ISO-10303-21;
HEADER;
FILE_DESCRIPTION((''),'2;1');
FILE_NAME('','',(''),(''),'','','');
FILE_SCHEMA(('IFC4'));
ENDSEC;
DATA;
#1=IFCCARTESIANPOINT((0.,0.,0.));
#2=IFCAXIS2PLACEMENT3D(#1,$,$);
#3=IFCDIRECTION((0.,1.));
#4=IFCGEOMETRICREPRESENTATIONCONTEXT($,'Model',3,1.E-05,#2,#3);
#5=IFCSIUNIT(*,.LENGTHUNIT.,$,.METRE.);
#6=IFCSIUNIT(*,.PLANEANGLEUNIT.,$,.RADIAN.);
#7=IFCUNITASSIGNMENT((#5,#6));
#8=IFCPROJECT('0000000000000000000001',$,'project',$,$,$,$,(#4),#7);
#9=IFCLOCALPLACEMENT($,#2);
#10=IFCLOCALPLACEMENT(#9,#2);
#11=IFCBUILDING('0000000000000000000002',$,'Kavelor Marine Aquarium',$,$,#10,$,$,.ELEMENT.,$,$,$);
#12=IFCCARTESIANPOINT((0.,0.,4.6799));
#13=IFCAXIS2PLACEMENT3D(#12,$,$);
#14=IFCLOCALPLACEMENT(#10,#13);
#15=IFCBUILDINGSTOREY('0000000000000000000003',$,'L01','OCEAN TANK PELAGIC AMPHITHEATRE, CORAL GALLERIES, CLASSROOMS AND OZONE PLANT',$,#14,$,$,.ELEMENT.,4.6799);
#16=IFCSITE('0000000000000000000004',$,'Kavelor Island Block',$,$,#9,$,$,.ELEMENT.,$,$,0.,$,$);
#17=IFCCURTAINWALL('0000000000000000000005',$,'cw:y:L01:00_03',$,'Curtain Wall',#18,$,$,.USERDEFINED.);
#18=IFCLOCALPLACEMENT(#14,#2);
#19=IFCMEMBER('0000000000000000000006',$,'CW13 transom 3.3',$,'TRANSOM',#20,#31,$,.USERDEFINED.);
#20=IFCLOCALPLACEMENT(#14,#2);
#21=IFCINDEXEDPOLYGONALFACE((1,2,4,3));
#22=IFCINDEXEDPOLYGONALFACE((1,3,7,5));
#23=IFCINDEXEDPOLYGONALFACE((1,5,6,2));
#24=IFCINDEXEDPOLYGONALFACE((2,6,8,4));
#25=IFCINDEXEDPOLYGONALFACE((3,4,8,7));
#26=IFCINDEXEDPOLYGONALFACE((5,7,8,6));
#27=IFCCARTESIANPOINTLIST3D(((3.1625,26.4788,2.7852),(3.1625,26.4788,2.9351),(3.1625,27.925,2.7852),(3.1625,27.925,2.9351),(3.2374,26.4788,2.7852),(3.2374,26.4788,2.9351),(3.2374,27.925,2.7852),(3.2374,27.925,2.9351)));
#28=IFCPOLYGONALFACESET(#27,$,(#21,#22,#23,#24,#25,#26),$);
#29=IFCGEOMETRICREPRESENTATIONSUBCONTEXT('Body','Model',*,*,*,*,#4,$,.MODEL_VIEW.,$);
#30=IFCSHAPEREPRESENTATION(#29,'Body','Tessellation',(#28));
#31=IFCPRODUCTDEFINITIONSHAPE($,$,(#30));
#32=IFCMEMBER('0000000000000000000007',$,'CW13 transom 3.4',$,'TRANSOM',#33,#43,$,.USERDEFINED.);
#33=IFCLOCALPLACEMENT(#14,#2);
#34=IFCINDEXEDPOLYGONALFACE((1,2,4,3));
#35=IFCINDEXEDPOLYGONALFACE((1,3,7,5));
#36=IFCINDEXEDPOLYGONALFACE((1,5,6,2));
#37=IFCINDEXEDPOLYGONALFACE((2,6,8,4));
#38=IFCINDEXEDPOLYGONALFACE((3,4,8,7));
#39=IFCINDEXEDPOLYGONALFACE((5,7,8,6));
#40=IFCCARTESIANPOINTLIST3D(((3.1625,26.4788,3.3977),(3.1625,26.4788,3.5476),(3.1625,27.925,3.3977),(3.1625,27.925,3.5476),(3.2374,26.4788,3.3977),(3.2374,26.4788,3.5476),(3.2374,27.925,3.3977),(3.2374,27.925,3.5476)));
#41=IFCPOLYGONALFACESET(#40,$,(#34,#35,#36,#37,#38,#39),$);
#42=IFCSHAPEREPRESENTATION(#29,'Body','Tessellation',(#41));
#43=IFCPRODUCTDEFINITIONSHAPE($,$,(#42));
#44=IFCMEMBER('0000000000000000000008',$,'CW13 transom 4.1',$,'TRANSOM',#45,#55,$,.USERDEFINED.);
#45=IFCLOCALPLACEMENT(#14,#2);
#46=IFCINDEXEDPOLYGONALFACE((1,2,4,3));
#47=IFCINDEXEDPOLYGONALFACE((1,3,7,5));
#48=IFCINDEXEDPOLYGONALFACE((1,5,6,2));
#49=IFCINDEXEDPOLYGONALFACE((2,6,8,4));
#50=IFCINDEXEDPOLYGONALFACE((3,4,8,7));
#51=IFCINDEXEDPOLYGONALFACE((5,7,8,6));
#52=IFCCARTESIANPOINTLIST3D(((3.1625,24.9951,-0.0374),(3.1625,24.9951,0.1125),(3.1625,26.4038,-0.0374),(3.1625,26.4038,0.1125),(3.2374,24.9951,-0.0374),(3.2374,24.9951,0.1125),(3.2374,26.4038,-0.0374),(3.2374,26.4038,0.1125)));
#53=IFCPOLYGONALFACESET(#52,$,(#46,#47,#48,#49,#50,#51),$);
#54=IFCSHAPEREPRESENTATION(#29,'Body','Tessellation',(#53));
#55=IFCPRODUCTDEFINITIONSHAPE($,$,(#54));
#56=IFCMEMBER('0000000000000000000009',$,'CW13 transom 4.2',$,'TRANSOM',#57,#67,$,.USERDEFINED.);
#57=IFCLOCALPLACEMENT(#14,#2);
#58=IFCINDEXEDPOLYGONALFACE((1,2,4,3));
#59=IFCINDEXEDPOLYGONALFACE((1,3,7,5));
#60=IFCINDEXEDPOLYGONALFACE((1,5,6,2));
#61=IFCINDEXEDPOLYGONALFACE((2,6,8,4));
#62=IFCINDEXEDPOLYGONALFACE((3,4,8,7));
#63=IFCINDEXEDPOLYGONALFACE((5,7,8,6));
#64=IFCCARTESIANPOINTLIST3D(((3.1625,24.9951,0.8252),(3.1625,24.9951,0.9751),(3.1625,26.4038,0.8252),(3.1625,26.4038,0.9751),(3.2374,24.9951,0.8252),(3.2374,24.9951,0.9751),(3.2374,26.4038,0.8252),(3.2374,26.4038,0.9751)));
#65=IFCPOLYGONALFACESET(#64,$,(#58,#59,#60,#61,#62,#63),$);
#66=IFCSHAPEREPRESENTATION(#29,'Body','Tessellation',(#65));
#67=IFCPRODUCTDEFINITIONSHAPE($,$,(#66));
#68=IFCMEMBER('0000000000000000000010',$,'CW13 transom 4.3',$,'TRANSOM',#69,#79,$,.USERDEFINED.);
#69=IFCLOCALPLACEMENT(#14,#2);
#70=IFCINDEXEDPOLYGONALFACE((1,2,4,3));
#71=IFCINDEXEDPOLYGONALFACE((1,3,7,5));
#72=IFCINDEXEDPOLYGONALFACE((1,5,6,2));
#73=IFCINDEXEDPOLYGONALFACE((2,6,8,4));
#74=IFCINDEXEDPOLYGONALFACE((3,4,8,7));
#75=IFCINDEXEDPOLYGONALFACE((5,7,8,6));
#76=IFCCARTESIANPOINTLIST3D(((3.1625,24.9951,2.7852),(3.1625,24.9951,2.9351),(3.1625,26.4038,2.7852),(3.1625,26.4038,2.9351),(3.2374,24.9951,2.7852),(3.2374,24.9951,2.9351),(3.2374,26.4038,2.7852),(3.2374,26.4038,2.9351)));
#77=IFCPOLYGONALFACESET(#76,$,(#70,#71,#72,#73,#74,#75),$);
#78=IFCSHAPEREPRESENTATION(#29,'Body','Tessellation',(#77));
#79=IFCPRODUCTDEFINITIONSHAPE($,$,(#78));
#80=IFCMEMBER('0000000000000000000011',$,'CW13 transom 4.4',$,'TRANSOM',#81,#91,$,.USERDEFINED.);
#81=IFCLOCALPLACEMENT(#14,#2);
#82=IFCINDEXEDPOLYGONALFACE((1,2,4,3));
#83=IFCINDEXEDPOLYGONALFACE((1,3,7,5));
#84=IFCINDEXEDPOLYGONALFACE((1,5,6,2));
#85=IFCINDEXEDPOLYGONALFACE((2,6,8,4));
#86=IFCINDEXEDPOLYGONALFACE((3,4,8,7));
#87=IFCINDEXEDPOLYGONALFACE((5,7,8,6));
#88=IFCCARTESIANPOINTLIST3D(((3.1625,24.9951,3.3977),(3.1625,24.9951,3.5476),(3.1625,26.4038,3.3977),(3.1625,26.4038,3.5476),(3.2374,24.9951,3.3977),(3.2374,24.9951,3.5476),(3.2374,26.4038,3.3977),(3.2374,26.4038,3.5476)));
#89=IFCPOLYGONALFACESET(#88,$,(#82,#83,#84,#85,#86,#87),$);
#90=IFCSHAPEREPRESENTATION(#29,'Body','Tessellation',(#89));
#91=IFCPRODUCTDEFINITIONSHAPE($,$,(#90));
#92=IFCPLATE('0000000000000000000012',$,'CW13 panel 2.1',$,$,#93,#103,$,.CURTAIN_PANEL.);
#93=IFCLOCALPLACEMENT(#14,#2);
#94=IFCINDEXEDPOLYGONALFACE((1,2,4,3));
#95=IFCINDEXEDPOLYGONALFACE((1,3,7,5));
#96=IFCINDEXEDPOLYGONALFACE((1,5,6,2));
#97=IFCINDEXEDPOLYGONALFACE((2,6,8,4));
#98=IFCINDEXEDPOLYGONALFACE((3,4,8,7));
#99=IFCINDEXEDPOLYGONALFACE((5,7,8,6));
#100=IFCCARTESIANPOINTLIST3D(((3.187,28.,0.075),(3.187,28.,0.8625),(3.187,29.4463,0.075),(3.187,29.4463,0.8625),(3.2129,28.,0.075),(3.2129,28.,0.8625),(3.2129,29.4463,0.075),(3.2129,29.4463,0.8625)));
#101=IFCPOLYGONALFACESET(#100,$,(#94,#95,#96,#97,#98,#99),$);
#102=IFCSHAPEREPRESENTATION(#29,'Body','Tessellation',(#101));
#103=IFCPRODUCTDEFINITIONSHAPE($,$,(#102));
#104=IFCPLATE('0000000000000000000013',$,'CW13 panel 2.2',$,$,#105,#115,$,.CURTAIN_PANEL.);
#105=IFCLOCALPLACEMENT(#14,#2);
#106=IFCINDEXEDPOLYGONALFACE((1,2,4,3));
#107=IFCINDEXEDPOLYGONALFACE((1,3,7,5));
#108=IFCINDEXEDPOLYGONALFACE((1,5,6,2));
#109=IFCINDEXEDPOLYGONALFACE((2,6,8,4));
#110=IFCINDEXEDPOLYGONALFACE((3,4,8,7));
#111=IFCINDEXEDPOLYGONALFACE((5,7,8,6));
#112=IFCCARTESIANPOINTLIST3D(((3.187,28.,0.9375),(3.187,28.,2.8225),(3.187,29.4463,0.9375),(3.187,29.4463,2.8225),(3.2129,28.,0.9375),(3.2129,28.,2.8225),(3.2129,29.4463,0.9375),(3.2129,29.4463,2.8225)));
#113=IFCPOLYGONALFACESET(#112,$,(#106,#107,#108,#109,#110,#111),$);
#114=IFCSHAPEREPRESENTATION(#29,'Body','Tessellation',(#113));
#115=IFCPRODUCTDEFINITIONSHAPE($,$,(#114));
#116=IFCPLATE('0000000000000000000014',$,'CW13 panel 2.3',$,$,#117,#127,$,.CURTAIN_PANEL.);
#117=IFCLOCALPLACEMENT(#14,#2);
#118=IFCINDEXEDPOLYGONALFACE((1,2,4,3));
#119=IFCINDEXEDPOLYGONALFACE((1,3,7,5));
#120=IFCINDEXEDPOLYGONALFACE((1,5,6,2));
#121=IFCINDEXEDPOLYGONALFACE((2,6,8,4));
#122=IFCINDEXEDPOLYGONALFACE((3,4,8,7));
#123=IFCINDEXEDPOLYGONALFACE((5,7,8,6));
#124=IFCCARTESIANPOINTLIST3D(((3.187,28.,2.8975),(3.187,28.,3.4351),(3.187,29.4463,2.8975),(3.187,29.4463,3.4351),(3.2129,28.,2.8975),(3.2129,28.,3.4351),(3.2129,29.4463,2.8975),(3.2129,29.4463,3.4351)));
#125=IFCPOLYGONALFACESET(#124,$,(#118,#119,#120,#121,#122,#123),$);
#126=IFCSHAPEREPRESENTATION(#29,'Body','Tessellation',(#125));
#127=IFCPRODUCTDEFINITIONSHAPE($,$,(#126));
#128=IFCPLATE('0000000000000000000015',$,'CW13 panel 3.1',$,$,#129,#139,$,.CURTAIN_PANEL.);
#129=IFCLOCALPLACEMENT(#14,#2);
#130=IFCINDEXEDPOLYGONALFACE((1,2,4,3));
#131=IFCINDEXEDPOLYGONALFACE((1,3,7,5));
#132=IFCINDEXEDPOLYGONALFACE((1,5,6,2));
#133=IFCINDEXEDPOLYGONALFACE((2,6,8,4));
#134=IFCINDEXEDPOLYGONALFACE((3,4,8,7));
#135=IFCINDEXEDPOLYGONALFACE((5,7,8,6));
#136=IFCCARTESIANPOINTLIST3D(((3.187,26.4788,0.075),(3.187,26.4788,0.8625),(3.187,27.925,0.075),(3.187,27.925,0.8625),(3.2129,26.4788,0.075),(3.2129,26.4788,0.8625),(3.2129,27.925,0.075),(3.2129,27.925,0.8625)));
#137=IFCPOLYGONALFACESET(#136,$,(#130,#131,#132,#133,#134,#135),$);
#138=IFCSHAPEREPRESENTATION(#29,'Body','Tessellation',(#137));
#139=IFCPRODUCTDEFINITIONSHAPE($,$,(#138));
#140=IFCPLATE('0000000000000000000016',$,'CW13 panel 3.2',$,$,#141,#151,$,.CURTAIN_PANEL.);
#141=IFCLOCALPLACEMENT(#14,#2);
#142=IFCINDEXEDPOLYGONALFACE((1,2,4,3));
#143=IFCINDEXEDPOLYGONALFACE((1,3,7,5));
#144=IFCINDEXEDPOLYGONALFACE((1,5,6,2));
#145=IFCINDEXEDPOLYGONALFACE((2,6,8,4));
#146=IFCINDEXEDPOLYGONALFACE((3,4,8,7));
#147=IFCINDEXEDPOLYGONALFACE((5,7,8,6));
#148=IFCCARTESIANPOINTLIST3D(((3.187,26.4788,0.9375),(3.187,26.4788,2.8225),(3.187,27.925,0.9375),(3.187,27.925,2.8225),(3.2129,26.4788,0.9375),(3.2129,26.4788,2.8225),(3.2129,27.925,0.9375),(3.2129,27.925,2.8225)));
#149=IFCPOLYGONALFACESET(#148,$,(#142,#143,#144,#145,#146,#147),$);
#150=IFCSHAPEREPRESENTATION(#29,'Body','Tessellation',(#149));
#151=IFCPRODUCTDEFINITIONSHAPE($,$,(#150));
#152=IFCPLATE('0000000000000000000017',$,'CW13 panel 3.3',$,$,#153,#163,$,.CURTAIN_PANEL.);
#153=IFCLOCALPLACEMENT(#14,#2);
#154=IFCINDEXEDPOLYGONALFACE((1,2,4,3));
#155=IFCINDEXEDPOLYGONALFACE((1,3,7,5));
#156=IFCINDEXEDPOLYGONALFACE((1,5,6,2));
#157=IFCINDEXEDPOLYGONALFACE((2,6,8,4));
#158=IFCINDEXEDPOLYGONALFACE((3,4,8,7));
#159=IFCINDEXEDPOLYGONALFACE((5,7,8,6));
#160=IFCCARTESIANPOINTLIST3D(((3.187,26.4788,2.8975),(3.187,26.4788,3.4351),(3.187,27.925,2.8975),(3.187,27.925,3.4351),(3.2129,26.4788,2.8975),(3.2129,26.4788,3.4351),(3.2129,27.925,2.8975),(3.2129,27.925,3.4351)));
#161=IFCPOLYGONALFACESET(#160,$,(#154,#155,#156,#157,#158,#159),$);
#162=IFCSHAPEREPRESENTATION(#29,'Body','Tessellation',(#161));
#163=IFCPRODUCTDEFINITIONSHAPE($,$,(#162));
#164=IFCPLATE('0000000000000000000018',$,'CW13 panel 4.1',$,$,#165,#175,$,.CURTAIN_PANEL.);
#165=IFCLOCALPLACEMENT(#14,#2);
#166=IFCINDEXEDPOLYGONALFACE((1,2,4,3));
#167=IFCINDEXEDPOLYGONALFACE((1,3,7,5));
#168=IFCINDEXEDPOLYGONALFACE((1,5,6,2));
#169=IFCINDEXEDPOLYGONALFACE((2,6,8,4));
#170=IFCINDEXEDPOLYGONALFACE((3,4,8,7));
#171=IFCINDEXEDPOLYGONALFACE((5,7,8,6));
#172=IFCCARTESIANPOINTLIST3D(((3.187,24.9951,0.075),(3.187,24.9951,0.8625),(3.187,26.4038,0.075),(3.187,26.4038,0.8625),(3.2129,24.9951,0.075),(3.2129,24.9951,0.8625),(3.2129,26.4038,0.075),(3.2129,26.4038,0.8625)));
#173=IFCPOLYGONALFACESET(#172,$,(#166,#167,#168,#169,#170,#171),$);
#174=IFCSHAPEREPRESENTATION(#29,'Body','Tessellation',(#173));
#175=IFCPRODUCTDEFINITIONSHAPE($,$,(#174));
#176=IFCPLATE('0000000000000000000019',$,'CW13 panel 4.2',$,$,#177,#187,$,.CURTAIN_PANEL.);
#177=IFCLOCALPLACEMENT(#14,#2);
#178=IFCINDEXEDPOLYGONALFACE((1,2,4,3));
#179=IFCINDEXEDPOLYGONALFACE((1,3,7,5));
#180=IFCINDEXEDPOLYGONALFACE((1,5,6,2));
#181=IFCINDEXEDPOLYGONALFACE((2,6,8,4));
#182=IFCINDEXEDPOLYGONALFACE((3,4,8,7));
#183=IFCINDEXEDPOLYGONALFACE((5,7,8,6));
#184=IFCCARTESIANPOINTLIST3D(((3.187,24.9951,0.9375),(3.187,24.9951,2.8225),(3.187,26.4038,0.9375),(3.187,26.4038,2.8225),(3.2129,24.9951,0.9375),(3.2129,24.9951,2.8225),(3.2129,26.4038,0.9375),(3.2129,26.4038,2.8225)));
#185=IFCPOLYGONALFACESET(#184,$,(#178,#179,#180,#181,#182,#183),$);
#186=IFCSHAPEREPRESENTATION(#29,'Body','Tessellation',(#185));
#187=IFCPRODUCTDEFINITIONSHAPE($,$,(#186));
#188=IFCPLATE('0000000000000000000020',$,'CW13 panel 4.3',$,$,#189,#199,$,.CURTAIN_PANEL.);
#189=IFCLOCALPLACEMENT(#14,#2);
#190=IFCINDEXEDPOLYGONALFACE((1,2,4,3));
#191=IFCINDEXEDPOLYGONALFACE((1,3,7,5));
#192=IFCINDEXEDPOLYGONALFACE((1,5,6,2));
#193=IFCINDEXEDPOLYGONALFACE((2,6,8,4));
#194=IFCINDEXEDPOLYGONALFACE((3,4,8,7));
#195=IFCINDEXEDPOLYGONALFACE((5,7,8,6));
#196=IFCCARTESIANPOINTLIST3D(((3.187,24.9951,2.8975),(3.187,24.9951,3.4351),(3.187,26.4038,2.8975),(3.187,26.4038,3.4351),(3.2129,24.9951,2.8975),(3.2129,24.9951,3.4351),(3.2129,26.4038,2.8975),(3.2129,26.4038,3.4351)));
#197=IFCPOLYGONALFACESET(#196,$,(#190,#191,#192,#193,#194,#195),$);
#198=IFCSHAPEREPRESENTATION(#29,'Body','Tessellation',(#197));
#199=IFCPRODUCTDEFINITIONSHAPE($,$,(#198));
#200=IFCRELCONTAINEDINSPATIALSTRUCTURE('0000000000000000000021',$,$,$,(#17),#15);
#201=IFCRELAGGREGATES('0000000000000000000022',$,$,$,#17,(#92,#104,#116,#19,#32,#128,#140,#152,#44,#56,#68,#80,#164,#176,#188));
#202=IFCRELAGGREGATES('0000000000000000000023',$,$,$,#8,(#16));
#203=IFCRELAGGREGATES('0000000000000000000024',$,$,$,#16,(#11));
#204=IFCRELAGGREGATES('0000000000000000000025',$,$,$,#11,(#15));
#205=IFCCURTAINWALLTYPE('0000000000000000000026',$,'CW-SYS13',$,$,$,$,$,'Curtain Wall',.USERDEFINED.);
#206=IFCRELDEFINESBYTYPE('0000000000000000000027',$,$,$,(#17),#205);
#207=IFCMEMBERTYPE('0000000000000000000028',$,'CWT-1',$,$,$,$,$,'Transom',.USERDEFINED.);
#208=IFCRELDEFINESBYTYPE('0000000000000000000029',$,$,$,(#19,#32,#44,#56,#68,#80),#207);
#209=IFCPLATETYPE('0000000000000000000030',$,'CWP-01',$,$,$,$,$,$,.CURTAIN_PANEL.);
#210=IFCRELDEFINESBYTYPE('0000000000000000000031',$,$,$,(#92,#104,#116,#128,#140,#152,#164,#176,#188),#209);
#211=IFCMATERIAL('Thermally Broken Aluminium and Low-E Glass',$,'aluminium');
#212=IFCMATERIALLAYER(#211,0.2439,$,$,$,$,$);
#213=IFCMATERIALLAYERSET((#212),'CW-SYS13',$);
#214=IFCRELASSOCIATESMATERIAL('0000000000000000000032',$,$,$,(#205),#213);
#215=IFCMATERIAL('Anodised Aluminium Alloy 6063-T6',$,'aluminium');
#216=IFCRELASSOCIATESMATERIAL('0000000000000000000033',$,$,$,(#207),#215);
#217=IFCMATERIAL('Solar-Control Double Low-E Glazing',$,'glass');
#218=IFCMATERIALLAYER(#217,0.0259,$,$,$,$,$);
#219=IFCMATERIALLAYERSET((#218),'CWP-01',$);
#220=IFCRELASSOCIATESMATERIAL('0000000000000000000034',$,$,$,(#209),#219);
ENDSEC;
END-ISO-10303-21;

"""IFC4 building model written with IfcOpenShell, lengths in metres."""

from ifc_helpers import new_model, si_unit, direction, frame, origin, origin_2d, place, context, subcontext, project, spatial, rectangle, extrude, material, layer, layer_set, material_profile, profile_set, type_object, element, aggregate, save


model = new_model("IFC4")

# Units and contexts
model_context = context("Model", 3, precision=1e-05, world=origin(), true_north=direction((0.0, 1.0)))
body_context = subcontext(model_context, "Body", "Model", "MODEL_VIEW")
ifc_project = project(units=[si_unit("LENGTHUNIT", "METRE"), si_unit("PLANEANGLEUNIT", "RADIAN")], contexts=[model_context])

# Site, building, storey
site_placement = place(None, origin())
site = spatial("IfcSite", under=ifc_project, at=site_placement, Name="Kavelor Island Block", CompositionType="ELEMENT", RefElevation=0.0)
building_placement = place(site_placement, origin())
building = spatial("IfcBuilding", under=site, at=building_placement, Name="Kavelor Marine Aquarium", CompositionType="ELEMENT")
storey_placement = place(building_placement, frame((0.0, 0.0, 4.6799)))
storey = spatial("IfcBuildingStorey", under=building, at=storey_placement, Name="L01", Description="OCEAN TANK PELAGIC AMPHITHEATRE, CORAL GALLERIES, CLASSROOMS AND OZONE PLANT", CompositionType="ELEMENT", Elevation=4.6799)

# Curtain wall
ifc_material_1 = material(Name="Thermally Broken Aluminium and Low-E Glass", Category="aluminium")
ifc_layer_1 = layer(ifc_material_1, 0.2439)
ifc_layer_set_1 = layer_set([ifc_layer_1], Name="CW-SYS13")
curtain_wall_type_1 = type_object("IfcCurtainWallType", Name="CW-SYS13", ElementType="Curtain Wall", PredefinedType="USERDEFINED", material=ifc_layer_set_1)
curtain_wall_1_placement = place(storey_placement, origin())
curtain_wall_1 = element("IfcCurtainWall", 1, at=curtain_wall_1_placement, inside=storey, type_object=curtain_wall_type_1, Name="cw:y:L01:00_03", ObjectType="Curtain Wall", PredefinedType="USERDEFINED")
ifc_material_2 = material(Name="Anodised Aluminium Alloy 6063-T6", Category="aluminium")
ifc_material_profile_1 = material_profile(ifc_material_2, rectangle(XDim=0.075, YDim=0.1499, at=origin_2d()), Name="CW-TRN 75x150")
ifc_profile_set_1 = profile_set([ifc_material_profile_1], Name="Anodised Aluminium Alloy 6063-T6")
member_type_1 = type_object("IfcMemberType", Name="CWT-1", ElementType="Transom", PredefinedType="USERDEFINED", material=ifc_profile_set_1)

# Members
member_1_placement = place(storey_placement, frame((3.2, 27.925, 2.8601), z_axis=(0.0, -1.0, 0.0), x_axis=(1.0, 0.0, 0.0)))
member_1 = element("IfcMember", 2, at=member_1_placement, type_object=member_type_1, Name="CW13 transom 3.3", ObjectType="TRANSOM", PredefinedType="USERDEFINED", context=body_context, shape_type="SweptSolid", body=[
    extrude(rectangle(XDim=0.075, YDim=0.1499, at=origin_2d()), origin(), (0.0, 0.0, 1.0), 1.4463),
])
member_2_placement = place(storey_placement, frame((3.2, 27.925, 3.4727), z_axis=(0.0, -1.0, 0.0), x_axis=(1.0, 0.0, 0.0)))
member_2 = element("IfcMember", 3, at=member_2_placement, type_object=member_type_1, Name="CW13 transom 3.4", ObjectType="TRANSOM", PredefinedType="USERDEFINED", context=body_context, shape_type="SweptSolid", body=[
    extrude(rectangle(XDim=0.075, YDim=0.1499, at=origin_2d()), origin(), (0.0, 0.0, 1.0), 1.4463),
])
member_3_placement = place(storey_placement, frame((3.2, 26.4038, 0.0376), z_axis=(0.0, -1.0, 0.0), x_axis=(1.0, 0.0, 0.0)))
member_3 = element("IfcMember", 4, at=member_3_placement, type_object=member_type_1, Name="CW13 transom 4.1", ObjectType="TRANSOM", PredefinedType="USERDEFINED", context=body_context, shape_type="SweptSolid", body=[
    extrude(rectangle(XDim=0.075, YDim=0.1499, at=origin_2d()), origin(), (0.0, 0.0, 1.0), 1.4087),
])
member_4_placement = place(storey_placement, frame((3.2, 26.4038, 0.9001), z_axis=(0.0, -1.0, 0.0), x_axis=(1.0, 0.0, 0.0)))
member_4 = element("IfcMember", 5, at=member_4_placement, type_object=member_type_1, Name="CW13 transom 4.2", ObjectType="TRANSOM", PredefinedType="USERDEFINED", context=body_context, shape_type="SweptSolid", body=[
    extrude(rectangle(XDim=0.075, YDim=0.1499, at=origin_2d()), origin(), (0.0, 0.0, 1.0), 1.4087),
])
member_5_placement = place(storey_placement, frame((3.2, 26.4038, 2.8601), z_axis=(0.0, -1.0, 0.0), x_axis=(1.0, 0.0, 0.0)))
member_5 = element("IfcMember", 6, at=member_5_placement, type_object=member_type_1, Name="CW13 transom 4.3", ObjectType="TRANSOM", PredefinedType="USERDEFINED", context=body_context, shape_type="SweptSolid", body=[
    extrude(rectangle(XDim=0.075, YDim=0.1499, at=origin_2d()), origin(), (0.0, 0.0, 1.0), 1.4087),
])
member_6_placement = place(storey_placement, frame((3.2, 26.4038, 3.4727), z_axis=(0.0, -1.0, 0.0), x_axis=(1.0, 0.0, 0.0)))
member_6 = element("IfcMember", 7, at=member_6_placement, type_object=member_type_1, Name="CW13 transom 4.4", ObjectType="TRANSOM", PredefinedType="USERDEFINED", context=body_context, shape_type="SweptSolid", body=[
    extrude(rectangle(XDim=0.075, YDim=0.1499, at=origin_2d()), origin(), (0.0, 0.0, 1.0), 1.4087),
])

# Plates
ifc_material_3 = material(Name="Solar-Control Double Low-E Glazing", Category="glass")
ifc_layer_2 = layer(ifc_material_3, 0.0259)
ifc_layer_set_2 = layer_set([ifc_layer_2], Name="CWP-01")
plate_type = type_object("IfcPlateType", Name="CWP-01", PredefinedType="CURTAIN_PANEL", material=ifc_layer_set_2)
plate_1_placement = place(storey_placement, frame((3.2, 28.7231, 0.075), z_axis=(0.0, 0.0, 1.0), x_axis=(0.0, -1.0, 0.0)))
plate_1 = element("IfcPlate", 8, at=plate_1_placement, type_object=plate_type, Name="CW13 panel 2.1", PredefinedType="CURTAIN_PANEL", context=body_context, shape_type="SweptSolid", body=[
    extrude(rectangle(XDim=1.4463, YDim=0.0259, at=origin_2d()), origin(), (0.0, 0.0, 1.0), 0.7876),
])
plate_2_placement = place(storey_placement, frame((3.2, 28.7231, 0.9375), z_axis=(0.0, 0.0, 1.0), x_axis=(0.0, -1.0, 0.0)))
plate_2 = element("IfcPlate", 9, at=plate_2_placement, type_object=plate_type, Name="CW13 panel 2.2", PredefinedType="CURTAIN_PANEL", context=body_context, shape_type="SweptSolid", body=[
    extrude(rectangle(XDim=1.4463, YDim=0.0259, at=origin_2d()), origin(), (0.0, 0.0, 1.0), 1.885),
])
plate_3_placement = place(storey_placement, frame((3.2, 28.7231, 2.8975), z_axis=(0.0, 0.0, 1.0), x_axis=(0.0, -1.0, 0.0)))
plate_3 = element("IfcPlate", 10, at=plate_3_placement, type_object=plate_type, Name="CW13 panel 2.3", PredefinedType="CURTAIN_PANEL", context=body_context, shape_type="SweptSolid", body=[
    extrude(rectangle(XDim=1.4463, YDim=0.0259, at=origin_2d()), origin(), (0.0, 0.0, 1.0), 0.5376),
])
plate_4_placement = place(storey_placement, frame((3.2, 27.2019, 0.075), z_axis=(0.0, 0.0, 1.0), x_axis=(0.0, -1.0, 0.0)))
plate_4 = element("IfcPlate", 11, at=plate_4_placement, type_object=plate_type, Name="CW13 panel 3.1", PredefinedType="CURTAIN_PANEL", context=body_context, shape_type="SweptSolid", body=[
    extrude(rectangle(XDim=1.4463, YDim=0.0259, at=origin_2d()), origin(), (0.0, 0.0, 1.0), 0.7876),
])
plate_5_placement = place(storey_placement, frame((3.2, 27.2019, 0.9375), z_axis=(0.0, 0.0, 1.0), x_axis=(0.0, -1.0, 0.0)))
plate_5 = element("IfcPlate", 12, at=plate_5_placement, type_object=plate_type, Name="CW13 panel 3.2", PredefinedType="CURTAIN_PANEL", context=body_context, shape_type="SweptSolid", body=[
    extrude(rectangle(XDim=1.4463, YDim=0.0259, at=origin_2d()), origin(), (0.0, 0.0, 1.0), 1.885),
])
plate_6_placement = place(storey_placement, frame((3.2, 27.2019, 2.8975), z_axis=(0.0, 0.0, 1.0), x_axis=(0.0, -1.0, 0.0)))
plate_6 = element("IfcPlate", 13, at=plate_6_placement, type_object=plate_type, Name="CW13 panel 3.3", PredefinedType="CURTAIN_PANEL", context=body_context, shape_type="SweptSolid", body=[
    extrude(rectangle(XDim=1.4463, YDim=0.0259, at=origin_2d()), origin(), (0.0, 0.0, 1.0), 0.5376),
])
plate_7_placement = place(storey_placement, frame((3.2, 25.6995, 0.075), z_axis=(0.0, 0.0, 1.0), x_axis=(0.0, -1.0, 0.0)))
plate_7 = element("IfcPlate", 14, at=plate_7_placement, type_object=plate_type, Name="CW13 panel 4.1", PredefinedType="CURTAIN_PANEL", context=body_context, shape_type="SweptSolid", body=[
    extrude(rectangle(XDim=1.4087, YDim=0.0259, at=origin_2d()), origin(), (0.0, 0.0, 1.0), 0.7876),
])
plate_8_placement = place(storey_placement, frame((3.2, 25.6995, 0.9375), z_axis=(0.0, 0.0, 1.0), x_axis=(0.0, -1.0, 0.0)))
plate_8 = element("IfcPlate", 15, at=plate_8_placement, type_object=plate_type, Name="CW13 panel 4.2", PredefinedType="CURTAIN_PANEL", context=body_context, shape_type="SweptSolid", body=[
    extrude(rectangle(XDim=1.4087, YDim=0.0259, at=origin_2d()), origin(), (0.0, 0.0, 1.0), 1.885),
])
plate_9_placement = place(storey_placement, frame((3.2, 25.6995, 2.8975), z_axis=(0.0, 0.0, 1.0), x_axis=(0.0, -1.0, 0.0)))
plate_9 = element("IfcPlate", 16, at=plate_9_placement, type_object=plate_type, Name="CW13 panel 4.3", PredefinedType="CURTAIN_PANEL", context=body_context, shape_type="SweptSolid", body=[
    extrude(rectangle(XDim=1.4087, YDim=0.0259, at=origin_2d()), origin(), (0.0, 0.0, 1.0), 0.5376),
])
aggregate(curtain_wall_1, [plate_1, plate_2, plate_3, member_1, member_2, plate_4, plate_5, plate_6, member_3, member_4, member_5, member_6, plate_7, plate_8, plate_9])

save(model, "model.ifc")
